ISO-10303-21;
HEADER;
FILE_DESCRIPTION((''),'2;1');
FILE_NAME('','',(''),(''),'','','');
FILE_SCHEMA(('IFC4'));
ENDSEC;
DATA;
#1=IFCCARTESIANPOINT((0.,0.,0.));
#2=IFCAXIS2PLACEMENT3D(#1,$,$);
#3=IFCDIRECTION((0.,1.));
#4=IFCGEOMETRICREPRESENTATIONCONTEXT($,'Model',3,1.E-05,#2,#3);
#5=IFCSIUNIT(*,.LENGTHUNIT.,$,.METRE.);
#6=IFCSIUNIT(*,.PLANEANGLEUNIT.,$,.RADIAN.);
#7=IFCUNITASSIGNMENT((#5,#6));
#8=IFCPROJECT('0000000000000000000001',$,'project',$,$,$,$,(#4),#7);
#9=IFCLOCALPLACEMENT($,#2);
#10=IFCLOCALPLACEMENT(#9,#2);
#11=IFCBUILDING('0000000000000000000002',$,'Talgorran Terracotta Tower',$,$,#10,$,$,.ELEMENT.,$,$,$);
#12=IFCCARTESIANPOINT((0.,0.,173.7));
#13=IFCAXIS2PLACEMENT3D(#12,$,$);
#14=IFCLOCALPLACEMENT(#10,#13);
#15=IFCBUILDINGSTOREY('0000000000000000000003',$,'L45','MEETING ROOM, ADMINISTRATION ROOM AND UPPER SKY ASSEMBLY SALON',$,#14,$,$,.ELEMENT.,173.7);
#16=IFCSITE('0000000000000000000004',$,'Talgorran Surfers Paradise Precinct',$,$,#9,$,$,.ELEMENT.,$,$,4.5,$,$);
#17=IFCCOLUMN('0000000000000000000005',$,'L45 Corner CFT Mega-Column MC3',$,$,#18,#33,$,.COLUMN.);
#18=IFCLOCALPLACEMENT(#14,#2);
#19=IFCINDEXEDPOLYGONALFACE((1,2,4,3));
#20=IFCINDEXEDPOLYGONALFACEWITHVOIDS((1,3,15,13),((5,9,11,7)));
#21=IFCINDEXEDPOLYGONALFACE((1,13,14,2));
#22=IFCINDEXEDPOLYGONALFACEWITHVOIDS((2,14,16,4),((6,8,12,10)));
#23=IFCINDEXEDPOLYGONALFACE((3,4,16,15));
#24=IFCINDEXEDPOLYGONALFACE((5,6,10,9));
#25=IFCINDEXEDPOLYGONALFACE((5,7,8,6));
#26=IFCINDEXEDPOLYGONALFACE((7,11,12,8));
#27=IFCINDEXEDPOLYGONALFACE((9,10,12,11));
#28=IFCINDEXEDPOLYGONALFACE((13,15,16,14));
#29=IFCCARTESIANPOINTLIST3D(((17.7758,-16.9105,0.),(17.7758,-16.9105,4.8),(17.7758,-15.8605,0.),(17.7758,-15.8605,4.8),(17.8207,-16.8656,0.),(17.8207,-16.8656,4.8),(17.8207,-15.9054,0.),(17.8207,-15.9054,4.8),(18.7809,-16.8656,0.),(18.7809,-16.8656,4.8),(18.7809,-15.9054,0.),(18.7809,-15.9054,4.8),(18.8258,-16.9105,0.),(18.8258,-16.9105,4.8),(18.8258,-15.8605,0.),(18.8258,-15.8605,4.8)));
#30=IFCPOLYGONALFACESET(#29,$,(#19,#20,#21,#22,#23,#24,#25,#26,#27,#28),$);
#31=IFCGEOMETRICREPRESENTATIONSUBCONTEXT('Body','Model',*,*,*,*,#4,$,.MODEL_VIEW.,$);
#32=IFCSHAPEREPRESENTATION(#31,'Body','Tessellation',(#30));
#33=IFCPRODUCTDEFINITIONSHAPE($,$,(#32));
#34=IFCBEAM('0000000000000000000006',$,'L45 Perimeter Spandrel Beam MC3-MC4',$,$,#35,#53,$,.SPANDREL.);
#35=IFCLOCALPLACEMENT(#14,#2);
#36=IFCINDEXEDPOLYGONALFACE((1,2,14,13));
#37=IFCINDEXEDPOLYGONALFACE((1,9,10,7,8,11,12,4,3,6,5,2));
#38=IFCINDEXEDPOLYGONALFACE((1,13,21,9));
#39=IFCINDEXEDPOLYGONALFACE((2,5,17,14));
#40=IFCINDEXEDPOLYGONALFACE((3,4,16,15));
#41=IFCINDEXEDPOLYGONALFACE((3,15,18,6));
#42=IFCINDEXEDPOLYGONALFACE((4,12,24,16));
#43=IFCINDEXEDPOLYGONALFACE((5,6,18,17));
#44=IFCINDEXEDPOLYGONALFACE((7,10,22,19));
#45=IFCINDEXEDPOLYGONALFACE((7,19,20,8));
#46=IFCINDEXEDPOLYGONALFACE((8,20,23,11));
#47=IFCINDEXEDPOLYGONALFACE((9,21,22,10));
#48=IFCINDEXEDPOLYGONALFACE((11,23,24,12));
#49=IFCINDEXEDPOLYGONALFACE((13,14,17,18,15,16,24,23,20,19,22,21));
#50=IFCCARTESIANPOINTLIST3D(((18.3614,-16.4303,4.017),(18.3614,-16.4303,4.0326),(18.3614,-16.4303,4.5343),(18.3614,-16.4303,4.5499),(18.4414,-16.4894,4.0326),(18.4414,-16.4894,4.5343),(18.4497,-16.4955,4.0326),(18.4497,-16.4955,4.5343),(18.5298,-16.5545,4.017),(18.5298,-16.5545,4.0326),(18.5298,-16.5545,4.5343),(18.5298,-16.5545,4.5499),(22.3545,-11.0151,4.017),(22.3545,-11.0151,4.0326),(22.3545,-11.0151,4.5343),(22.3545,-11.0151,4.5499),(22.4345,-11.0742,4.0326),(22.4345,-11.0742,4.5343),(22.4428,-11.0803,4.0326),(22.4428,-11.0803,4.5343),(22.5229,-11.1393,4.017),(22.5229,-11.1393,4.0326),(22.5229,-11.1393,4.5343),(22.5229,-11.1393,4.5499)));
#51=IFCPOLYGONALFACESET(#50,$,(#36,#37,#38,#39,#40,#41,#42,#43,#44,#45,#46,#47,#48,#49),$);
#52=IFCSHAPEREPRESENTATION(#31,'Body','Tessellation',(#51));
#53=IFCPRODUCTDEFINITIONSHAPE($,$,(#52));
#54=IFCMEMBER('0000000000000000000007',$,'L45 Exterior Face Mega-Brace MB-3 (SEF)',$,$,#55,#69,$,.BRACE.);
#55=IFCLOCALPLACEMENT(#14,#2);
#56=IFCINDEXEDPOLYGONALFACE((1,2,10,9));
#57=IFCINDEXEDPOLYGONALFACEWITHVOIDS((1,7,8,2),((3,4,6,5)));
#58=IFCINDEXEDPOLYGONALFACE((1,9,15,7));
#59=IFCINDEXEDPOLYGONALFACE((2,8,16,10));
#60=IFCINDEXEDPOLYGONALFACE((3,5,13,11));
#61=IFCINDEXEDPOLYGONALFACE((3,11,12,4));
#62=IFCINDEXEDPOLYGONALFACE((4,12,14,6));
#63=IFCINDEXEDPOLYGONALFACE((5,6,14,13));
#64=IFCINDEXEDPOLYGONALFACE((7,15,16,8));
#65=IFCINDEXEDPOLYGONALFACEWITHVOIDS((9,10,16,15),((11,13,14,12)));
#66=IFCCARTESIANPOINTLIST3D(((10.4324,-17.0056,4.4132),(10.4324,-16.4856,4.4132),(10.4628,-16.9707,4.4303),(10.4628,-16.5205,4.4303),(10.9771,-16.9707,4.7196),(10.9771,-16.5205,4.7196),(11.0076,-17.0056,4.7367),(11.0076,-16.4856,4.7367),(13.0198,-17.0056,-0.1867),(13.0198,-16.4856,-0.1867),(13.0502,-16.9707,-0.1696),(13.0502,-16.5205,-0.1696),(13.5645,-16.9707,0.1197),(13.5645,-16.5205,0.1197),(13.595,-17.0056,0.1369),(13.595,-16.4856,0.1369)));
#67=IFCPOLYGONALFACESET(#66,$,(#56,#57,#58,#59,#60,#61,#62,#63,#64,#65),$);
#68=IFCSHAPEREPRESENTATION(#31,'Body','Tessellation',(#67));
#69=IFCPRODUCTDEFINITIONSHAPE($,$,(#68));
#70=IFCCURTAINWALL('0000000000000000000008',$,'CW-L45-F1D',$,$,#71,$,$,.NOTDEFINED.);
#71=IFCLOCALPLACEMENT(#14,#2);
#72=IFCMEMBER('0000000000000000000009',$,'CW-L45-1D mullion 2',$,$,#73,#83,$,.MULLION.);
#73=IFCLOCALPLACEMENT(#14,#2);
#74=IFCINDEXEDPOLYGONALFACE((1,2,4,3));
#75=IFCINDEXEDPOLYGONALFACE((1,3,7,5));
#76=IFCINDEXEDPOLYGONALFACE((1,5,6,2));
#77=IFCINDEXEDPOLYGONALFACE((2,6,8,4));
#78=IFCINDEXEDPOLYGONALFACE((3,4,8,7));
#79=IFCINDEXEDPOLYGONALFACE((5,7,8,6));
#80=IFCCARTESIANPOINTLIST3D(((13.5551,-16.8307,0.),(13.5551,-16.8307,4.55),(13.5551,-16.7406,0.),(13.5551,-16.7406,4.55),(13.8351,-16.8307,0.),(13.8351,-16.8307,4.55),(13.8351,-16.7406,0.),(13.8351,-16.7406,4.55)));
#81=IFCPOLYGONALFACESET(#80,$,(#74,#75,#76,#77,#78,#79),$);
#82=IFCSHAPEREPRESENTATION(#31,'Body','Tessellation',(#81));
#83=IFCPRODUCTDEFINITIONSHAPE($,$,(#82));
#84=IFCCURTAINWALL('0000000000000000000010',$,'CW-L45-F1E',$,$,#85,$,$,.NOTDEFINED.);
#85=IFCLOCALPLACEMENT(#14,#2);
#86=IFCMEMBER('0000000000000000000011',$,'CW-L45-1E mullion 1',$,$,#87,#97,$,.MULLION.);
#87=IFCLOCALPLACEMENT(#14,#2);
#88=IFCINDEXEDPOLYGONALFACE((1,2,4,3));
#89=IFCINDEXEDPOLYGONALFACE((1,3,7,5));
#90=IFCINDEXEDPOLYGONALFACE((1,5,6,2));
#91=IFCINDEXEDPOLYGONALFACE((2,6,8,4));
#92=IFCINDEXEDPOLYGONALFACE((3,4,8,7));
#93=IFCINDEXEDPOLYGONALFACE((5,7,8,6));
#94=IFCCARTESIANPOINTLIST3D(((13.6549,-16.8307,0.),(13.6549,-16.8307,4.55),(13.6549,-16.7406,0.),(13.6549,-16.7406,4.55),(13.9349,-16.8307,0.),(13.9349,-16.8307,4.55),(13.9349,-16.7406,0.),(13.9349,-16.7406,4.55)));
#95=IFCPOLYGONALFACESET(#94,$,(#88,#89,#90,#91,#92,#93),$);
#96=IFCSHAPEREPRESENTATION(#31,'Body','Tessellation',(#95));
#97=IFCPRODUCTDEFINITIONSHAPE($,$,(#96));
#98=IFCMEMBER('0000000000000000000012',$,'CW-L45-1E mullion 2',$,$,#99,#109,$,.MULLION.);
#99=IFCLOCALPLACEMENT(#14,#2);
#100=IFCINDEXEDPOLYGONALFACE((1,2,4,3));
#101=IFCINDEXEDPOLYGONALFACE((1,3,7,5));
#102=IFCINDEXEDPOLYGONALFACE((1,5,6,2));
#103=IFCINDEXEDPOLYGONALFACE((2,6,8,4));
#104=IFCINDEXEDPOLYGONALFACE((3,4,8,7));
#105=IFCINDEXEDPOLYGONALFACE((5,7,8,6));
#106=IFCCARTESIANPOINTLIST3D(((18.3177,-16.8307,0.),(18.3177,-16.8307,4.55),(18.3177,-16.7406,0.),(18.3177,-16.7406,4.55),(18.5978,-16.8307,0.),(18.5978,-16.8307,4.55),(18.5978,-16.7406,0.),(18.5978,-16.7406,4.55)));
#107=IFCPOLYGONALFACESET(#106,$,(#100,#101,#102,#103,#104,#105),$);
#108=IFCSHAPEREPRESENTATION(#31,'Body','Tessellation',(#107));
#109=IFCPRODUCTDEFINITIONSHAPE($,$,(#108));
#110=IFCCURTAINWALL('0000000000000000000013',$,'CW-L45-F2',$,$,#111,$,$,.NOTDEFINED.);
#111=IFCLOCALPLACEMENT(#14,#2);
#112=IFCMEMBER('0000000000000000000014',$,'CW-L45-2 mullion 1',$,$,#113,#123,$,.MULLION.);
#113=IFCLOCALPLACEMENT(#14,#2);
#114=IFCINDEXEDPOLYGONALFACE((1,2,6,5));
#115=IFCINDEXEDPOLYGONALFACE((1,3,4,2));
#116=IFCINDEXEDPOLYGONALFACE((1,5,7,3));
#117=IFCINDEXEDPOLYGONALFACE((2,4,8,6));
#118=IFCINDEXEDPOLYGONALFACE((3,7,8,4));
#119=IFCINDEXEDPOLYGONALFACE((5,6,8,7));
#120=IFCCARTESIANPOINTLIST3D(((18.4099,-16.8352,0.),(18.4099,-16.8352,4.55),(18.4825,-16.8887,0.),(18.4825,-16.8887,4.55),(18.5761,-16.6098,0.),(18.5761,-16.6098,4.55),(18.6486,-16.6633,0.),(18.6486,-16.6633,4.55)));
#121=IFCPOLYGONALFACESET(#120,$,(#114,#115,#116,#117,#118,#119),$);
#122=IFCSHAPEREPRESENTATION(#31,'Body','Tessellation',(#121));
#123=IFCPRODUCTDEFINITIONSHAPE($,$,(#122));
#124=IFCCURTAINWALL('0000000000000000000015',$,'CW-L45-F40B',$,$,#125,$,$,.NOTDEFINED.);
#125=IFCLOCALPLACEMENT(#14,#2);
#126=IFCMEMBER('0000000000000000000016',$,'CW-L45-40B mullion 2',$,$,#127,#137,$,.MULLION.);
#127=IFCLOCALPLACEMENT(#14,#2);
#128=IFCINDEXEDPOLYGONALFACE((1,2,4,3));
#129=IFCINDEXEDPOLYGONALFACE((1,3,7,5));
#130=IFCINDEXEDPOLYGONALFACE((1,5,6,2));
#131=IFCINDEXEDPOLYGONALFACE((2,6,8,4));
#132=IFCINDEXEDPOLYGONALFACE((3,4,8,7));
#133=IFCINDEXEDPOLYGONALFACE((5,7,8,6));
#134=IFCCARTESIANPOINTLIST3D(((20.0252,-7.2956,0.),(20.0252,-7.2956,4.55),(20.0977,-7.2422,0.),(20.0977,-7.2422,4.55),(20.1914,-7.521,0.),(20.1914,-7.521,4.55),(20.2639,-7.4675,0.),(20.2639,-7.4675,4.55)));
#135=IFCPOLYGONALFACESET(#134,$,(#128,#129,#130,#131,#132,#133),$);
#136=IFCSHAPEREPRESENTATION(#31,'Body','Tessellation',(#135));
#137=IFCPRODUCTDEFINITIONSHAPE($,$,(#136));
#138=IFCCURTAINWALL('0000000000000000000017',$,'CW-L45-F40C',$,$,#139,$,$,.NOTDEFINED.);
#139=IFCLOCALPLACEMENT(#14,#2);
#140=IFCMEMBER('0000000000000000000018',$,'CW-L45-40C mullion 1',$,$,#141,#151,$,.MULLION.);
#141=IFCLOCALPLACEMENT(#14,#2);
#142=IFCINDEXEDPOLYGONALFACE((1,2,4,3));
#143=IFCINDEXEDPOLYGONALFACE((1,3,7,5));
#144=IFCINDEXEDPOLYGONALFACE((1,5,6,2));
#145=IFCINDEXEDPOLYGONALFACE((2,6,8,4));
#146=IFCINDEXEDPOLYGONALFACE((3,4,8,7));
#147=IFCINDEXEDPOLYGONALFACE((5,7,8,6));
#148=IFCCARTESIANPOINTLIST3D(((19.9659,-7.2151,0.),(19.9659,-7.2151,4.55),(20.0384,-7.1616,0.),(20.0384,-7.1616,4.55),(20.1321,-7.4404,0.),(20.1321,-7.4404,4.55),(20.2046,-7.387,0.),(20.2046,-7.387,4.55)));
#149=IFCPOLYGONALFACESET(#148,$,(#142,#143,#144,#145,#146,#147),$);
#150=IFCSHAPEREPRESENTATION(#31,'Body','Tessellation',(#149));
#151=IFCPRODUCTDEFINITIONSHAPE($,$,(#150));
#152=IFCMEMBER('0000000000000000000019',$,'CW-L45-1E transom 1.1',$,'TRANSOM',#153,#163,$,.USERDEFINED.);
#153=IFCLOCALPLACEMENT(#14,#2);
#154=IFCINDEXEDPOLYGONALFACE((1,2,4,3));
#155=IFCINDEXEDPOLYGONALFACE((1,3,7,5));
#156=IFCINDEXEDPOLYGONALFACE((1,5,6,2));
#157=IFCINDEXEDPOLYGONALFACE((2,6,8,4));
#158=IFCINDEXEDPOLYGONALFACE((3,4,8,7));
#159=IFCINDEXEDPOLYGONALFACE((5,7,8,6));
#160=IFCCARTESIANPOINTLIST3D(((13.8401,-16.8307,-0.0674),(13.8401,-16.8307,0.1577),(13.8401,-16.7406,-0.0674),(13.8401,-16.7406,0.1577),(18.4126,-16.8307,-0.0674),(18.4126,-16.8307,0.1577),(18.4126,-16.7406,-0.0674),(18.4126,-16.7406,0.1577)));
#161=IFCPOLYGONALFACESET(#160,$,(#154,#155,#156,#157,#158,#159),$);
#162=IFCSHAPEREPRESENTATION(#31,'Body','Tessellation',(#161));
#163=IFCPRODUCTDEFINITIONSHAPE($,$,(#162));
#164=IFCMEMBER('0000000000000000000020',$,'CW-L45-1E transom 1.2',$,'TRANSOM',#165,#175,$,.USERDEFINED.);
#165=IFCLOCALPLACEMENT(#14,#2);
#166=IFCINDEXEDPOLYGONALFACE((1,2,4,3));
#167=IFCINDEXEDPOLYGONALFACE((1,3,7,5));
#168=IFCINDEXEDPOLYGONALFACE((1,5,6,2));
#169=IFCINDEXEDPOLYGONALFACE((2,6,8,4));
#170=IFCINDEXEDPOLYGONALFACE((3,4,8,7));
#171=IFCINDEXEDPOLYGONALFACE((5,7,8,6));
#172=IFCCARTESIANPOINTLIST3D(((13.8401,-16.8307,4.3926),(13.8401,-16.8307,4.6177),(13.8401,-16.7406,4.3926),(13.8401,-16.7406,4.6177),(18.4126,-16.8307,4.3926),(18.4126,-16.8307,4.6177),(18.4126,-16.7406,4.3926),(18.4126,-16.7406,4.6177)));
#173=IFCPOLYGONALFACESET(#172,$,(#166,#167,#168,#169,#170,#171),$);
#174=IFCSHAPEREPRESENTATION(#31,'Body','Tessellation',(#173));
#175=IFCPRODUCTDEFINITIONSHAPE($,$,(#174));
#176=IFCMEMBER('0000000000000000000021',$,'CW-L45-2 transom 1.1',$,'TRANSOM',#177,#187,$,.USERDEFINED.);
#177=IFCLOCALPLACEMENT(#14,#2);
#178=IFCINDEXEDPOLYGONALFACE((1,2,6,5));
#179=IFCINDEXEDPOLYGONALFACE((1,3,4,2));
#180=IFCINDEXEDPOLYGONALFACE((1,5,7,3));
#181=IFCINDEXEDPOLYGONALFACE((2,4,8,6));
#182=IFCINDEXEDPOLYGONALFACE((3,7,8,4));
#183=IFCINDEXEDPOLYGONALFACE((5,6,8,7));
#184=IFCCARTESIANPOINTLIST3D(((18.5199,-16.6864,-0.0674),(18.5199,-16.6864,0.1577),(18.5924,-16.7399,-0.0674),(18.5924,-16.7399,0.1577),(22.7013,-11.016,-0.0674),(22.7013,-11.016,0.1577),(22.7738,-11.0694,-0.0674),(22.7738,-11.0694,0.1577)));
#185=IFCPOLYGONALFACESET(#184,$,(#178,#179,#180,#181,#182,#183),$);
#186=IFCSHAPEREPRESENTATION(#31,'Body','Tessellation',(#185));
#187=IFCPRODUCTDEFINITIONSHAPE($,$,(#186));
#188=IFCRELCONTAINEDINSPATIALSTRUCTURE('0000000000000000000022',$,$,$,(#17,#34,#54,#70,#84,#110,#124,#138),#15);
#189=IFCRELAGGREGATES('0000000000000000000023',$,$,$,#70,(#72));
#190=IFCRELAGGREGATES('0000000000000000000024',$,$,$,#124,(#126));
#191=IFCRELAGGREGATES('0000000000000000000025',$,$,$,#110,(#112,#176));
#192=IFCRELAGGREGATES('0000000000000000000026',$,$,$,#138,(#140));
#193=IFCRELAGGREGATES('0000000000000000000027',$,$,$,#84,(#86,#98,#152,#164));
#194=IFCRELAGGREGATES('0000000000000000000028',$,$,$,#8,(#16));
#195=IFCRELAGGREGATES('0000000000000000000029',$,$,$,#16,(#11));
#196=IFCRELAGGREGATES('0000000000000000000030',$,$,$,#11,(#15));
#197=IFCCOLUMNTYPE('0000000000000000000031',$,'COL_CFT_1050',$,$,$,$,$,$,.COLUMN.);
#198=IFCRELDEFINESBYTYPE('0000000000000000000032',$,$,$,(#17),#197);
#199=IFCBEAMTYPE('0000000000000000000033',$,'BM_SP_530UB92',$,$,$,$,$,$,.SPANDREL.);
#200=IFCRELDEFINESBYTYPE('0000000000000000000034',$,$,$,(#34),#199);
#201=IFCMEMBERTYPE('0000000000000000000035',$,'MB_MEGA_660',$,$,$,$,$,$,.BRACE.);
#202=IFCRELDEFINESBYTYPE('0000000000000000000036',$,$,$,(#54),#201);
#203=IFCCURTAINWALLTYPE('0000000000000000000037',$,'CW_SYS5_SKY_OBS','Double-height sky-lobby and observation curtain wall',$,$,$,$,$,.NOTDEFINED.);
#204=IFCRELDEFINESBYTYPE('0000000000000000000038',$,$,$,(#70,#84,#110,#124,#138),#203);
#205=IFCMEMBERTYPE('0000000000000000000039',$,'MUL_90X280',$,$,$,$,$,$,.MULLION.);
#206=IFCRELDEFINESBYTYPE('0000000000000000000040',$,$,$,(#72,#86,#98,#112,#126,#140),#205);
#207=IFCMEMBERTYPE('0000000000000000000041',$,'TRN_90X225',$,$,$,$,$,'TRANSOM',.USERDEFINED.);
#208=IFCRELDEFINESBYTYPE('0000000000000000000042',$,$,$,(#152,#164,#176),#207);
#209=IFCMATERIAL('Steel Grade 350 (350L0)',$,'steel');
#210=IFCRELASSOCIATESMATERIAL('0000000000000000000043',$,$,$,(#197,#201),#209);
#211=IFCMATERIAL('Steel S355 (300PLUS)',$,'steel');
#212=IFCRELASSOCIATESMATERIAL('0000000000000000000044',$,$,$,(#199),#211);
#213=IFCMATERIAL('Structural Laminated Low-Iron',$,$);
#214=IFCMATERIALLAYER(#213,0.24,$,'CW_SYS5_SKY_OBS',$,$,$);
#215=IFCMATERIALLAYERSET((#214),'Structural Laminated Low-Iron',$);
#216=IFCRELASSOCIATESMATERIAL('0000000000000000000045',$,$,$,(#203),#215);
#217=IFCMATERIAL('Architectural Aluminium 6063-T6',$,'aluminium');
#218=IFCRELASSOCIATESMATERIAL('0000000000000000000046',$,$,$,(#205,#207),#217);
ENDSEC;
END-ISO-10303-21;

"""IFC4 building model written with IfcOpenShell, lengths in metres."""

from ifc_helpers import new_model, si_unit, direction, frame, origin, origin_2d, place, context, subcontext, project, spatial, rectangle, hollow_rectangle, i_section, extrude, material, layer, layer_set, material_profile, profile_set, type_object, element, aggregate, save


model = new_model("IFC4")

# Units and contexts
model_context = context("Model", 3, precision=1e-05, world=origin(), true_north=direction((0.0, 1.0)))
body_context = subcontext(model_context, "Body", "Model", "MODEL_VIEW")
ifc_project = project(units=[si_unit("LENGTHUNIT", "METRE"), si_unit("PLANEANGLEUNIT", "RADIAN")], contexts=[model_context])

# Site, building, storey
site_placement = place(None, origin())
site = spatial("IfcSite", under=ifc_project, at=site_placement, Name="Talgorran Surfers Paradise Precinct", CompositionType="ELEMENT", RefElevation=4.5)
building_placement = place(site_placement, origin())
building = spatial("IfcBuilding", under=site, at=building_placement, Name="Talgorran Terracotta Tower", CompositionType="ELEMENT")
storey_placement = place(building_placement, frame((0.0, 0.0, 173.7)))
storey = spatial("IfcBuildingStorey", under=building, at=storey_placement, Name="L45", Description="MEETING ROOM, ADMINISTRATION ROOM AND UPPER SKY ASSEMBLY SALON", CompositionType="ELEMENT", Elevation=173.7)

# Column
ifc_material_1 = material(Name="Steel Grade 350 (350L0)", Category="steel")
ifc_material_profile_1 = material_profile(ifc_material_1, hollow_rectangle(XDim=1.05, YDim=1.05, WallThickness=0.0449, at=origin_2d()), Name="CFT1050X1050X45")
ifc_profile_set_1 = profile_set([ifc_material_profile_1], Name="Steel Grade 350 (350L0)")
column_type = type_object("IfcColumnType", Name="COL_CFT_1050", PredefinedType="COLUMN", material=ifc_profile_set_1)
column_placement = place(storey_placement, frame((18.3008, -16.3855, 0.0), z_axis=(0.0, 0.0, 1.0), x_axis=(1.0, 0.0, 0.0)))
element("IfcColumn", 1, at=column_placement, inside=storey, type_object=column_type, Name="L45 Corner CFT Mega-Column MC3", PredefinedType="COLUMN", context=body_context, shape_type="SweptSolid", body=[
    extrude(hollow_rectangle(XDim=1.05, YDim=1.05, WallThickness=0.0449, at=origin_2d()), origin(), (0.0, 0.0, 1.0), 4.8),
])

# Beam
ifc_material_2 = material(Name="Steel S355 (300PLUS)", Category="steel")
ifc_material_profile_2 = material_profile(ifc_material_2, i_section(OverallWidth=0.2092, OverallDepth=0.533, WebThickness=0.0103, FlangeThickness=0.0156, at=origin_2d()), Name="530UB92.4")
ifc_profile_set_2 = profile_set([ifc_material_profile_2], Name="Steel S355 (300PLUS)")
beam_type = type_object("IfcBeamType", Name="BM_SP_530UB92", PredefinedType="SPANDREL", material=ifc_profile_set_2)
beam_placement = place(storey_placement, frame((18.4456, -16.4924, 4.2834), z_axis=(0.593484, 0.804846, 0.0), x_axis=(-0.804846, 0.593484, 0.0)))
element("IfcBeam", 2, at=beam_placement, inside=storey, type_object=beam_type, Name="L45 Perimeter Spandrel Beam MC3-MC4", PredefinedType="SPANDREL", context=body_context, shape_type="SweptSolid", body=[
    extrude(i_section(OverallWidth=0.2092, OverallDepth=0.533, WebThickness=0.0103, FlangeThickness=0.0156, at=origin_2d()), origin(), (0.0, 0.0, 1.0), 6.7283),
])

# Member
ifc_material_profile_3 = material_profile(ifc_material_1, hollow_rectangle(XDim=0.52, YDim=0.6599, WallThickness=0.0349, at=origin_2d()), Name="WBOX660X520X35")
ifc_profile_set_3 = profile_set([ifc_material_profile_3], Name="Steel Grade 350 (350L0)")
member_type_1 = type_object("IfcMemberType", Name="MB_MEGA_660", PredefinedType="BRACE", material=ifc_profile_set_3)
member_1_placement = place(storey_placement, frame((13.3074, -16.7456, -0.0249), z_axis=(-0.490259, 0.0, 0.871577), x_axis=(0.0, -1.0, 0.0)))
element("IfcMember", 3, at=member_1_placement, inside=storey, type_object=member_type_1, Name="L45 Exterior Face Mega-Brace MB-3 (SEF)", PredefinedType="BRACE", context=body_context, shape_type="SweptSolid", body=[
    extrude(hollow_rectangle(XDim=0.52, YDim=0.6599, WallThickness=0.0349, at=origin_2d()), origin(), (0.0, 0.0, 1.0), 5.2776),
])

# Curtain wall, member
ifc_material_3 = material(Name="Structural Laminated Low-Iron")
ifc_layer_1 = layer(ifc_material_3, 0.24, Name="CW_SYS5_SKY_OBS")
ifc_layer_set_1 = layer_set([ifc_layer_1], Name="Structural Laminated Low-Iron")
curtain_wall_type = type_object("IfcCurtainWallType", Name="CW_SYS5_SKY_OBS", Description="Double-height sky-lobby and observation curtain wall", PredefinedType="NOTDEFINED", material=ifc_layer_set_1)
curtain_wall_1_placement = place(storey_placement, origin())
curtain_wall_1 = element("IfcCurtainWall", 4, at=curtain_wall_1_placement, inside=storey, type_object=curtain_wall_type, Name="CW-L45-F1D", PredefinedType="NOTDEFINED")
ifc_material_4 = material(Name="Architectural Aluminium 6063-T6", Category="aluminium")
ifc_material_profile_4 = material_profile(ifc_material_4, rectangle(XDim=0.0901, YDim=0.28, at=origin_2d()), Name="CWM90X280")
ifc_profile_set_4 = profile_set([ifc_material_profile_4], Name="Architectural Aluminium 6063-T6")
member_type_2 = type_object("IfcMemberType", Name="MUL_90X280", PredefinedType="MULLION", material=ifc_profile_set_4)
member_2_placement = place(storey_placement, frame((13.6951, -16.7856, 0.0), z_axis=(0.0, 0.0, 1.0), x_axis=(0.0, 1.0, 0.0)))
member_2 = element("IfcMember", 5, at=member_2_placement, type_object=member_type_2, Name="CW-L45-1D mullion 2", PredefinedType="MULLION", context=body_context, shape_type="SweptSolid", body=[
    extrude(rectangle(XDim=0.0901, YDim=0.28, at=origin_2d()), origin(), (0.0, 0.0, 1.0), 4.55),
])
aggregate(curtain_wall_1, [member_2])

# Curtain wall, members
curtain_wall_2_placement = place(storey_placement, origin())
curtain_wall_2 = element("IfcCurtainWall", 6, at=curtain_wall_2_placement, inside=storey, type_object=curtain_wall_type, Name="CW-L45-F1E", PredefinedType="NOTDEFINED")
member_3_placement = place(storey_placement, frame((13.7949, -16.7856, 0.0), z_axis=(0.0, 0.0, 1.0), x_axis=(0.0, 1.0, 0.0)))
member_3 = element("IfcMember", 7, at=member_3_placement, type_object=member_type_2, Name="CW-L45-1E mullion 1", PredefinedType="MULLION", context=body_context, shape_type="SweptSolid", body=[
    extrude(rectangle(XDim=0.0901, YDim=0.28, at=origin_2d()), origin(), (0.0, 0.0, 1.0), 4.55),
])
member_4_placement = place(storey_placement, frame((18.4578, -16.7856, 0.0), z_axis=(0.0, 0.0, 1.0), x_axis=(0.0, 1.0, 0.0)))
member_4 = element("IfcMember", 8, at=member_4_placement, type_object=member_type_2, Name="CW-L45-1E mullion 2", PredefinedType="MULLION", context=body_context, shape_type="SweptSolid", body=[
    extrude(rectangle(XDim=0.0901, YDim=0.28, at=origin_2d()), origin(), (0.0, 0.0, 1.0), 4.55),
])

# Curtain walls, members
curtain_wall_3_placement = place(storey_placement, origin())
curtain_wall_3 = element("IfcCurtainWall", 9, at=curtain_wall_3_placement, inside=storey, type_object=curtain_wall_type, Name="CW-L45-F2", PredefinedType="NOTDEFINED")
member_5_placement = place(storey_placement, frame((18.5293, -16.7493, 0.0), z_axis=(0.0, 0.0, 1.0), x_axis=(-0.804841, 0.59349, 0.0)))
member_5 = element("IfcMember", 10, at=member_5_placement, type_object=member_type_2, Name="CW-L45-2 mullion 1", PredefinedType="MULLION", context=body_context, shape_type="SweptSolid", body=[
    extrude(rectangle(XDim=0.0901, YDim=0.28, at=origin_2d()), origin(), (0.0, 0.0, 1.0), 4.55),
])
curtain_wall_4_placement = place(storey_placement, origin())
curtain_wall_4 = element("IfcCurtainWall", 11, at=curtain_wall_4_placement, inside=storey, type_object=curtain_wall_type, Name="CW-L45-F40B", PredefinedType="NOTDEFINED")
member_6_placement = place(storey_placement, frame((20.1445, -7.3816, 0.0), z_axis=(0.0, 0.0, 1.0), x_axis=(-0.804831, -0.593504, 0.0)))
member_6 = element("IfcMember", 12, at=member_6_placement, type_object=member_type_2, Name="CW-L45-40B mullion 2", PredefinedType="MULLION", context=body_context, shape_type="SweptSolid", body=[
    extrude(rectangle(XDim=0.0901, YDim=0.28, at=origin_2d()), origin(), (0.0, 0.0, 1.0), 4.55),
])
aggregate(curtain_wall_4, [member_6])
curtain_wall_5_placement = place(storey_placement, origin())
curtain_wall_5 = element("IfcCurtainWall", 13, at=curtain_wall_5_placement, inside=storey, type_object=curtain_wall_type, Name="CW-L45-F40C", PredefinedType="NOTDEFINED")
member_7_placement = place(storey_placement, frame((20.0852, -7.301, 0.0), z_axis=(0.0, 0.0, 1.0), x_axis=(-0.804836, -0.593497, 0.0)))
member_7 = element("IfcMember", 14, at=member_7_placement, type_object=member_type_2, Name="CW-L45-40C mullion 1", PredefinedType="MULLION", context=body_context, shape_type="SweptSolid", body=[
    extrude(rectangle(XDim=0.0901, YDim=0.28, at=origin_2d()), origin(), (0.0, 0.0, 1.0), 4.55),
])

# Members
ifc_material_profile_5 = material_profile(ifc_material_4, rectangle(XDim=0.0901, YDim=0.2251, at=origin_2d()), Name="CWT90X225")
ifc_profile_set_5 = profile_set([ifc_material_profile_5], Name="Architectural Aluminium 6063-T6")
member_type_3 = type_object("IfcMemberType", Name="TRN_90X225", ElementType="TRANSOM", PredefinedType="USERDEFINED", material=ifc_profile_set_5)
member_8_placement = place(storey_placement, frame((13.8401, -16.7856, 0.0452), z_axis=(1.0, 0.0, 0.0), x_axis=(0.0, 1.0, 0.0)))
member_8 = element("IfcMember", 15, at=member_8_placement, type_object=member_type_3, Name="CW-L45-1E transom 1.1", ObjectType="TRANSOM", PredefinedType="USERDEFINED", context=body_context, shape_type="SweptSolid", body=[
    extrude(rectangle(XDim=0.0901, YDim=0.2251, at=origin_2d()), origin(), (0.0, 0.0, 1.0), 4.5725),
])
member_9_placement = place(storey_placement, frame((13.8401, -16.7856, 4.5051), z_axis=(1.0, 0.0, 0.0), x_axis=(0.0, 1.0, 0.0)))
member_9 = element("IfcMember", 16, at=member_9_placement, type_object=member_type_3, Name="CW-L45-1E transom 1.2", ObjectType="TRANSOM", PredefinedType="USERDEFINED", context=body_context, shape_type="SweptSolid", body=[
    extrude(rectangle(XDim=0.0901, YDim=0.2251, at=origin_2d()), origin(), (0.0, 0.0, 1.0), 4.5725),
])
member_10_placement = place(storey_placement, frame((18.5562, -16.7131, 0.0452), z_axis=(0.593493, 0.804839, 0.0), x_axis=(-0.804839, 0.593493, 0.0)))
member_10 = element("IfcMember", 17, at=member_10_placement, type_object=member_type_3, Name="CW-L45-2 transom 1.1", ObjectType="TRANSOM", PredefinedType="USERDEFINED", context=body_context, shape_type="SweptSolid", body=[
    extrude(rectangle(XDim=0.0901, YDim=0.2251, at=origin_2d()), origin(), (0.0, 0.0, 1.0), 7.0454),
])
aggregate(curtain_wall_3, [member_5, member_10])
aggregate(curtain_wall_5, [member_7])

aggregate(curtain_wall_2, [member_3, member_4, member_8, member_9])

save(model, "model.ifc")
